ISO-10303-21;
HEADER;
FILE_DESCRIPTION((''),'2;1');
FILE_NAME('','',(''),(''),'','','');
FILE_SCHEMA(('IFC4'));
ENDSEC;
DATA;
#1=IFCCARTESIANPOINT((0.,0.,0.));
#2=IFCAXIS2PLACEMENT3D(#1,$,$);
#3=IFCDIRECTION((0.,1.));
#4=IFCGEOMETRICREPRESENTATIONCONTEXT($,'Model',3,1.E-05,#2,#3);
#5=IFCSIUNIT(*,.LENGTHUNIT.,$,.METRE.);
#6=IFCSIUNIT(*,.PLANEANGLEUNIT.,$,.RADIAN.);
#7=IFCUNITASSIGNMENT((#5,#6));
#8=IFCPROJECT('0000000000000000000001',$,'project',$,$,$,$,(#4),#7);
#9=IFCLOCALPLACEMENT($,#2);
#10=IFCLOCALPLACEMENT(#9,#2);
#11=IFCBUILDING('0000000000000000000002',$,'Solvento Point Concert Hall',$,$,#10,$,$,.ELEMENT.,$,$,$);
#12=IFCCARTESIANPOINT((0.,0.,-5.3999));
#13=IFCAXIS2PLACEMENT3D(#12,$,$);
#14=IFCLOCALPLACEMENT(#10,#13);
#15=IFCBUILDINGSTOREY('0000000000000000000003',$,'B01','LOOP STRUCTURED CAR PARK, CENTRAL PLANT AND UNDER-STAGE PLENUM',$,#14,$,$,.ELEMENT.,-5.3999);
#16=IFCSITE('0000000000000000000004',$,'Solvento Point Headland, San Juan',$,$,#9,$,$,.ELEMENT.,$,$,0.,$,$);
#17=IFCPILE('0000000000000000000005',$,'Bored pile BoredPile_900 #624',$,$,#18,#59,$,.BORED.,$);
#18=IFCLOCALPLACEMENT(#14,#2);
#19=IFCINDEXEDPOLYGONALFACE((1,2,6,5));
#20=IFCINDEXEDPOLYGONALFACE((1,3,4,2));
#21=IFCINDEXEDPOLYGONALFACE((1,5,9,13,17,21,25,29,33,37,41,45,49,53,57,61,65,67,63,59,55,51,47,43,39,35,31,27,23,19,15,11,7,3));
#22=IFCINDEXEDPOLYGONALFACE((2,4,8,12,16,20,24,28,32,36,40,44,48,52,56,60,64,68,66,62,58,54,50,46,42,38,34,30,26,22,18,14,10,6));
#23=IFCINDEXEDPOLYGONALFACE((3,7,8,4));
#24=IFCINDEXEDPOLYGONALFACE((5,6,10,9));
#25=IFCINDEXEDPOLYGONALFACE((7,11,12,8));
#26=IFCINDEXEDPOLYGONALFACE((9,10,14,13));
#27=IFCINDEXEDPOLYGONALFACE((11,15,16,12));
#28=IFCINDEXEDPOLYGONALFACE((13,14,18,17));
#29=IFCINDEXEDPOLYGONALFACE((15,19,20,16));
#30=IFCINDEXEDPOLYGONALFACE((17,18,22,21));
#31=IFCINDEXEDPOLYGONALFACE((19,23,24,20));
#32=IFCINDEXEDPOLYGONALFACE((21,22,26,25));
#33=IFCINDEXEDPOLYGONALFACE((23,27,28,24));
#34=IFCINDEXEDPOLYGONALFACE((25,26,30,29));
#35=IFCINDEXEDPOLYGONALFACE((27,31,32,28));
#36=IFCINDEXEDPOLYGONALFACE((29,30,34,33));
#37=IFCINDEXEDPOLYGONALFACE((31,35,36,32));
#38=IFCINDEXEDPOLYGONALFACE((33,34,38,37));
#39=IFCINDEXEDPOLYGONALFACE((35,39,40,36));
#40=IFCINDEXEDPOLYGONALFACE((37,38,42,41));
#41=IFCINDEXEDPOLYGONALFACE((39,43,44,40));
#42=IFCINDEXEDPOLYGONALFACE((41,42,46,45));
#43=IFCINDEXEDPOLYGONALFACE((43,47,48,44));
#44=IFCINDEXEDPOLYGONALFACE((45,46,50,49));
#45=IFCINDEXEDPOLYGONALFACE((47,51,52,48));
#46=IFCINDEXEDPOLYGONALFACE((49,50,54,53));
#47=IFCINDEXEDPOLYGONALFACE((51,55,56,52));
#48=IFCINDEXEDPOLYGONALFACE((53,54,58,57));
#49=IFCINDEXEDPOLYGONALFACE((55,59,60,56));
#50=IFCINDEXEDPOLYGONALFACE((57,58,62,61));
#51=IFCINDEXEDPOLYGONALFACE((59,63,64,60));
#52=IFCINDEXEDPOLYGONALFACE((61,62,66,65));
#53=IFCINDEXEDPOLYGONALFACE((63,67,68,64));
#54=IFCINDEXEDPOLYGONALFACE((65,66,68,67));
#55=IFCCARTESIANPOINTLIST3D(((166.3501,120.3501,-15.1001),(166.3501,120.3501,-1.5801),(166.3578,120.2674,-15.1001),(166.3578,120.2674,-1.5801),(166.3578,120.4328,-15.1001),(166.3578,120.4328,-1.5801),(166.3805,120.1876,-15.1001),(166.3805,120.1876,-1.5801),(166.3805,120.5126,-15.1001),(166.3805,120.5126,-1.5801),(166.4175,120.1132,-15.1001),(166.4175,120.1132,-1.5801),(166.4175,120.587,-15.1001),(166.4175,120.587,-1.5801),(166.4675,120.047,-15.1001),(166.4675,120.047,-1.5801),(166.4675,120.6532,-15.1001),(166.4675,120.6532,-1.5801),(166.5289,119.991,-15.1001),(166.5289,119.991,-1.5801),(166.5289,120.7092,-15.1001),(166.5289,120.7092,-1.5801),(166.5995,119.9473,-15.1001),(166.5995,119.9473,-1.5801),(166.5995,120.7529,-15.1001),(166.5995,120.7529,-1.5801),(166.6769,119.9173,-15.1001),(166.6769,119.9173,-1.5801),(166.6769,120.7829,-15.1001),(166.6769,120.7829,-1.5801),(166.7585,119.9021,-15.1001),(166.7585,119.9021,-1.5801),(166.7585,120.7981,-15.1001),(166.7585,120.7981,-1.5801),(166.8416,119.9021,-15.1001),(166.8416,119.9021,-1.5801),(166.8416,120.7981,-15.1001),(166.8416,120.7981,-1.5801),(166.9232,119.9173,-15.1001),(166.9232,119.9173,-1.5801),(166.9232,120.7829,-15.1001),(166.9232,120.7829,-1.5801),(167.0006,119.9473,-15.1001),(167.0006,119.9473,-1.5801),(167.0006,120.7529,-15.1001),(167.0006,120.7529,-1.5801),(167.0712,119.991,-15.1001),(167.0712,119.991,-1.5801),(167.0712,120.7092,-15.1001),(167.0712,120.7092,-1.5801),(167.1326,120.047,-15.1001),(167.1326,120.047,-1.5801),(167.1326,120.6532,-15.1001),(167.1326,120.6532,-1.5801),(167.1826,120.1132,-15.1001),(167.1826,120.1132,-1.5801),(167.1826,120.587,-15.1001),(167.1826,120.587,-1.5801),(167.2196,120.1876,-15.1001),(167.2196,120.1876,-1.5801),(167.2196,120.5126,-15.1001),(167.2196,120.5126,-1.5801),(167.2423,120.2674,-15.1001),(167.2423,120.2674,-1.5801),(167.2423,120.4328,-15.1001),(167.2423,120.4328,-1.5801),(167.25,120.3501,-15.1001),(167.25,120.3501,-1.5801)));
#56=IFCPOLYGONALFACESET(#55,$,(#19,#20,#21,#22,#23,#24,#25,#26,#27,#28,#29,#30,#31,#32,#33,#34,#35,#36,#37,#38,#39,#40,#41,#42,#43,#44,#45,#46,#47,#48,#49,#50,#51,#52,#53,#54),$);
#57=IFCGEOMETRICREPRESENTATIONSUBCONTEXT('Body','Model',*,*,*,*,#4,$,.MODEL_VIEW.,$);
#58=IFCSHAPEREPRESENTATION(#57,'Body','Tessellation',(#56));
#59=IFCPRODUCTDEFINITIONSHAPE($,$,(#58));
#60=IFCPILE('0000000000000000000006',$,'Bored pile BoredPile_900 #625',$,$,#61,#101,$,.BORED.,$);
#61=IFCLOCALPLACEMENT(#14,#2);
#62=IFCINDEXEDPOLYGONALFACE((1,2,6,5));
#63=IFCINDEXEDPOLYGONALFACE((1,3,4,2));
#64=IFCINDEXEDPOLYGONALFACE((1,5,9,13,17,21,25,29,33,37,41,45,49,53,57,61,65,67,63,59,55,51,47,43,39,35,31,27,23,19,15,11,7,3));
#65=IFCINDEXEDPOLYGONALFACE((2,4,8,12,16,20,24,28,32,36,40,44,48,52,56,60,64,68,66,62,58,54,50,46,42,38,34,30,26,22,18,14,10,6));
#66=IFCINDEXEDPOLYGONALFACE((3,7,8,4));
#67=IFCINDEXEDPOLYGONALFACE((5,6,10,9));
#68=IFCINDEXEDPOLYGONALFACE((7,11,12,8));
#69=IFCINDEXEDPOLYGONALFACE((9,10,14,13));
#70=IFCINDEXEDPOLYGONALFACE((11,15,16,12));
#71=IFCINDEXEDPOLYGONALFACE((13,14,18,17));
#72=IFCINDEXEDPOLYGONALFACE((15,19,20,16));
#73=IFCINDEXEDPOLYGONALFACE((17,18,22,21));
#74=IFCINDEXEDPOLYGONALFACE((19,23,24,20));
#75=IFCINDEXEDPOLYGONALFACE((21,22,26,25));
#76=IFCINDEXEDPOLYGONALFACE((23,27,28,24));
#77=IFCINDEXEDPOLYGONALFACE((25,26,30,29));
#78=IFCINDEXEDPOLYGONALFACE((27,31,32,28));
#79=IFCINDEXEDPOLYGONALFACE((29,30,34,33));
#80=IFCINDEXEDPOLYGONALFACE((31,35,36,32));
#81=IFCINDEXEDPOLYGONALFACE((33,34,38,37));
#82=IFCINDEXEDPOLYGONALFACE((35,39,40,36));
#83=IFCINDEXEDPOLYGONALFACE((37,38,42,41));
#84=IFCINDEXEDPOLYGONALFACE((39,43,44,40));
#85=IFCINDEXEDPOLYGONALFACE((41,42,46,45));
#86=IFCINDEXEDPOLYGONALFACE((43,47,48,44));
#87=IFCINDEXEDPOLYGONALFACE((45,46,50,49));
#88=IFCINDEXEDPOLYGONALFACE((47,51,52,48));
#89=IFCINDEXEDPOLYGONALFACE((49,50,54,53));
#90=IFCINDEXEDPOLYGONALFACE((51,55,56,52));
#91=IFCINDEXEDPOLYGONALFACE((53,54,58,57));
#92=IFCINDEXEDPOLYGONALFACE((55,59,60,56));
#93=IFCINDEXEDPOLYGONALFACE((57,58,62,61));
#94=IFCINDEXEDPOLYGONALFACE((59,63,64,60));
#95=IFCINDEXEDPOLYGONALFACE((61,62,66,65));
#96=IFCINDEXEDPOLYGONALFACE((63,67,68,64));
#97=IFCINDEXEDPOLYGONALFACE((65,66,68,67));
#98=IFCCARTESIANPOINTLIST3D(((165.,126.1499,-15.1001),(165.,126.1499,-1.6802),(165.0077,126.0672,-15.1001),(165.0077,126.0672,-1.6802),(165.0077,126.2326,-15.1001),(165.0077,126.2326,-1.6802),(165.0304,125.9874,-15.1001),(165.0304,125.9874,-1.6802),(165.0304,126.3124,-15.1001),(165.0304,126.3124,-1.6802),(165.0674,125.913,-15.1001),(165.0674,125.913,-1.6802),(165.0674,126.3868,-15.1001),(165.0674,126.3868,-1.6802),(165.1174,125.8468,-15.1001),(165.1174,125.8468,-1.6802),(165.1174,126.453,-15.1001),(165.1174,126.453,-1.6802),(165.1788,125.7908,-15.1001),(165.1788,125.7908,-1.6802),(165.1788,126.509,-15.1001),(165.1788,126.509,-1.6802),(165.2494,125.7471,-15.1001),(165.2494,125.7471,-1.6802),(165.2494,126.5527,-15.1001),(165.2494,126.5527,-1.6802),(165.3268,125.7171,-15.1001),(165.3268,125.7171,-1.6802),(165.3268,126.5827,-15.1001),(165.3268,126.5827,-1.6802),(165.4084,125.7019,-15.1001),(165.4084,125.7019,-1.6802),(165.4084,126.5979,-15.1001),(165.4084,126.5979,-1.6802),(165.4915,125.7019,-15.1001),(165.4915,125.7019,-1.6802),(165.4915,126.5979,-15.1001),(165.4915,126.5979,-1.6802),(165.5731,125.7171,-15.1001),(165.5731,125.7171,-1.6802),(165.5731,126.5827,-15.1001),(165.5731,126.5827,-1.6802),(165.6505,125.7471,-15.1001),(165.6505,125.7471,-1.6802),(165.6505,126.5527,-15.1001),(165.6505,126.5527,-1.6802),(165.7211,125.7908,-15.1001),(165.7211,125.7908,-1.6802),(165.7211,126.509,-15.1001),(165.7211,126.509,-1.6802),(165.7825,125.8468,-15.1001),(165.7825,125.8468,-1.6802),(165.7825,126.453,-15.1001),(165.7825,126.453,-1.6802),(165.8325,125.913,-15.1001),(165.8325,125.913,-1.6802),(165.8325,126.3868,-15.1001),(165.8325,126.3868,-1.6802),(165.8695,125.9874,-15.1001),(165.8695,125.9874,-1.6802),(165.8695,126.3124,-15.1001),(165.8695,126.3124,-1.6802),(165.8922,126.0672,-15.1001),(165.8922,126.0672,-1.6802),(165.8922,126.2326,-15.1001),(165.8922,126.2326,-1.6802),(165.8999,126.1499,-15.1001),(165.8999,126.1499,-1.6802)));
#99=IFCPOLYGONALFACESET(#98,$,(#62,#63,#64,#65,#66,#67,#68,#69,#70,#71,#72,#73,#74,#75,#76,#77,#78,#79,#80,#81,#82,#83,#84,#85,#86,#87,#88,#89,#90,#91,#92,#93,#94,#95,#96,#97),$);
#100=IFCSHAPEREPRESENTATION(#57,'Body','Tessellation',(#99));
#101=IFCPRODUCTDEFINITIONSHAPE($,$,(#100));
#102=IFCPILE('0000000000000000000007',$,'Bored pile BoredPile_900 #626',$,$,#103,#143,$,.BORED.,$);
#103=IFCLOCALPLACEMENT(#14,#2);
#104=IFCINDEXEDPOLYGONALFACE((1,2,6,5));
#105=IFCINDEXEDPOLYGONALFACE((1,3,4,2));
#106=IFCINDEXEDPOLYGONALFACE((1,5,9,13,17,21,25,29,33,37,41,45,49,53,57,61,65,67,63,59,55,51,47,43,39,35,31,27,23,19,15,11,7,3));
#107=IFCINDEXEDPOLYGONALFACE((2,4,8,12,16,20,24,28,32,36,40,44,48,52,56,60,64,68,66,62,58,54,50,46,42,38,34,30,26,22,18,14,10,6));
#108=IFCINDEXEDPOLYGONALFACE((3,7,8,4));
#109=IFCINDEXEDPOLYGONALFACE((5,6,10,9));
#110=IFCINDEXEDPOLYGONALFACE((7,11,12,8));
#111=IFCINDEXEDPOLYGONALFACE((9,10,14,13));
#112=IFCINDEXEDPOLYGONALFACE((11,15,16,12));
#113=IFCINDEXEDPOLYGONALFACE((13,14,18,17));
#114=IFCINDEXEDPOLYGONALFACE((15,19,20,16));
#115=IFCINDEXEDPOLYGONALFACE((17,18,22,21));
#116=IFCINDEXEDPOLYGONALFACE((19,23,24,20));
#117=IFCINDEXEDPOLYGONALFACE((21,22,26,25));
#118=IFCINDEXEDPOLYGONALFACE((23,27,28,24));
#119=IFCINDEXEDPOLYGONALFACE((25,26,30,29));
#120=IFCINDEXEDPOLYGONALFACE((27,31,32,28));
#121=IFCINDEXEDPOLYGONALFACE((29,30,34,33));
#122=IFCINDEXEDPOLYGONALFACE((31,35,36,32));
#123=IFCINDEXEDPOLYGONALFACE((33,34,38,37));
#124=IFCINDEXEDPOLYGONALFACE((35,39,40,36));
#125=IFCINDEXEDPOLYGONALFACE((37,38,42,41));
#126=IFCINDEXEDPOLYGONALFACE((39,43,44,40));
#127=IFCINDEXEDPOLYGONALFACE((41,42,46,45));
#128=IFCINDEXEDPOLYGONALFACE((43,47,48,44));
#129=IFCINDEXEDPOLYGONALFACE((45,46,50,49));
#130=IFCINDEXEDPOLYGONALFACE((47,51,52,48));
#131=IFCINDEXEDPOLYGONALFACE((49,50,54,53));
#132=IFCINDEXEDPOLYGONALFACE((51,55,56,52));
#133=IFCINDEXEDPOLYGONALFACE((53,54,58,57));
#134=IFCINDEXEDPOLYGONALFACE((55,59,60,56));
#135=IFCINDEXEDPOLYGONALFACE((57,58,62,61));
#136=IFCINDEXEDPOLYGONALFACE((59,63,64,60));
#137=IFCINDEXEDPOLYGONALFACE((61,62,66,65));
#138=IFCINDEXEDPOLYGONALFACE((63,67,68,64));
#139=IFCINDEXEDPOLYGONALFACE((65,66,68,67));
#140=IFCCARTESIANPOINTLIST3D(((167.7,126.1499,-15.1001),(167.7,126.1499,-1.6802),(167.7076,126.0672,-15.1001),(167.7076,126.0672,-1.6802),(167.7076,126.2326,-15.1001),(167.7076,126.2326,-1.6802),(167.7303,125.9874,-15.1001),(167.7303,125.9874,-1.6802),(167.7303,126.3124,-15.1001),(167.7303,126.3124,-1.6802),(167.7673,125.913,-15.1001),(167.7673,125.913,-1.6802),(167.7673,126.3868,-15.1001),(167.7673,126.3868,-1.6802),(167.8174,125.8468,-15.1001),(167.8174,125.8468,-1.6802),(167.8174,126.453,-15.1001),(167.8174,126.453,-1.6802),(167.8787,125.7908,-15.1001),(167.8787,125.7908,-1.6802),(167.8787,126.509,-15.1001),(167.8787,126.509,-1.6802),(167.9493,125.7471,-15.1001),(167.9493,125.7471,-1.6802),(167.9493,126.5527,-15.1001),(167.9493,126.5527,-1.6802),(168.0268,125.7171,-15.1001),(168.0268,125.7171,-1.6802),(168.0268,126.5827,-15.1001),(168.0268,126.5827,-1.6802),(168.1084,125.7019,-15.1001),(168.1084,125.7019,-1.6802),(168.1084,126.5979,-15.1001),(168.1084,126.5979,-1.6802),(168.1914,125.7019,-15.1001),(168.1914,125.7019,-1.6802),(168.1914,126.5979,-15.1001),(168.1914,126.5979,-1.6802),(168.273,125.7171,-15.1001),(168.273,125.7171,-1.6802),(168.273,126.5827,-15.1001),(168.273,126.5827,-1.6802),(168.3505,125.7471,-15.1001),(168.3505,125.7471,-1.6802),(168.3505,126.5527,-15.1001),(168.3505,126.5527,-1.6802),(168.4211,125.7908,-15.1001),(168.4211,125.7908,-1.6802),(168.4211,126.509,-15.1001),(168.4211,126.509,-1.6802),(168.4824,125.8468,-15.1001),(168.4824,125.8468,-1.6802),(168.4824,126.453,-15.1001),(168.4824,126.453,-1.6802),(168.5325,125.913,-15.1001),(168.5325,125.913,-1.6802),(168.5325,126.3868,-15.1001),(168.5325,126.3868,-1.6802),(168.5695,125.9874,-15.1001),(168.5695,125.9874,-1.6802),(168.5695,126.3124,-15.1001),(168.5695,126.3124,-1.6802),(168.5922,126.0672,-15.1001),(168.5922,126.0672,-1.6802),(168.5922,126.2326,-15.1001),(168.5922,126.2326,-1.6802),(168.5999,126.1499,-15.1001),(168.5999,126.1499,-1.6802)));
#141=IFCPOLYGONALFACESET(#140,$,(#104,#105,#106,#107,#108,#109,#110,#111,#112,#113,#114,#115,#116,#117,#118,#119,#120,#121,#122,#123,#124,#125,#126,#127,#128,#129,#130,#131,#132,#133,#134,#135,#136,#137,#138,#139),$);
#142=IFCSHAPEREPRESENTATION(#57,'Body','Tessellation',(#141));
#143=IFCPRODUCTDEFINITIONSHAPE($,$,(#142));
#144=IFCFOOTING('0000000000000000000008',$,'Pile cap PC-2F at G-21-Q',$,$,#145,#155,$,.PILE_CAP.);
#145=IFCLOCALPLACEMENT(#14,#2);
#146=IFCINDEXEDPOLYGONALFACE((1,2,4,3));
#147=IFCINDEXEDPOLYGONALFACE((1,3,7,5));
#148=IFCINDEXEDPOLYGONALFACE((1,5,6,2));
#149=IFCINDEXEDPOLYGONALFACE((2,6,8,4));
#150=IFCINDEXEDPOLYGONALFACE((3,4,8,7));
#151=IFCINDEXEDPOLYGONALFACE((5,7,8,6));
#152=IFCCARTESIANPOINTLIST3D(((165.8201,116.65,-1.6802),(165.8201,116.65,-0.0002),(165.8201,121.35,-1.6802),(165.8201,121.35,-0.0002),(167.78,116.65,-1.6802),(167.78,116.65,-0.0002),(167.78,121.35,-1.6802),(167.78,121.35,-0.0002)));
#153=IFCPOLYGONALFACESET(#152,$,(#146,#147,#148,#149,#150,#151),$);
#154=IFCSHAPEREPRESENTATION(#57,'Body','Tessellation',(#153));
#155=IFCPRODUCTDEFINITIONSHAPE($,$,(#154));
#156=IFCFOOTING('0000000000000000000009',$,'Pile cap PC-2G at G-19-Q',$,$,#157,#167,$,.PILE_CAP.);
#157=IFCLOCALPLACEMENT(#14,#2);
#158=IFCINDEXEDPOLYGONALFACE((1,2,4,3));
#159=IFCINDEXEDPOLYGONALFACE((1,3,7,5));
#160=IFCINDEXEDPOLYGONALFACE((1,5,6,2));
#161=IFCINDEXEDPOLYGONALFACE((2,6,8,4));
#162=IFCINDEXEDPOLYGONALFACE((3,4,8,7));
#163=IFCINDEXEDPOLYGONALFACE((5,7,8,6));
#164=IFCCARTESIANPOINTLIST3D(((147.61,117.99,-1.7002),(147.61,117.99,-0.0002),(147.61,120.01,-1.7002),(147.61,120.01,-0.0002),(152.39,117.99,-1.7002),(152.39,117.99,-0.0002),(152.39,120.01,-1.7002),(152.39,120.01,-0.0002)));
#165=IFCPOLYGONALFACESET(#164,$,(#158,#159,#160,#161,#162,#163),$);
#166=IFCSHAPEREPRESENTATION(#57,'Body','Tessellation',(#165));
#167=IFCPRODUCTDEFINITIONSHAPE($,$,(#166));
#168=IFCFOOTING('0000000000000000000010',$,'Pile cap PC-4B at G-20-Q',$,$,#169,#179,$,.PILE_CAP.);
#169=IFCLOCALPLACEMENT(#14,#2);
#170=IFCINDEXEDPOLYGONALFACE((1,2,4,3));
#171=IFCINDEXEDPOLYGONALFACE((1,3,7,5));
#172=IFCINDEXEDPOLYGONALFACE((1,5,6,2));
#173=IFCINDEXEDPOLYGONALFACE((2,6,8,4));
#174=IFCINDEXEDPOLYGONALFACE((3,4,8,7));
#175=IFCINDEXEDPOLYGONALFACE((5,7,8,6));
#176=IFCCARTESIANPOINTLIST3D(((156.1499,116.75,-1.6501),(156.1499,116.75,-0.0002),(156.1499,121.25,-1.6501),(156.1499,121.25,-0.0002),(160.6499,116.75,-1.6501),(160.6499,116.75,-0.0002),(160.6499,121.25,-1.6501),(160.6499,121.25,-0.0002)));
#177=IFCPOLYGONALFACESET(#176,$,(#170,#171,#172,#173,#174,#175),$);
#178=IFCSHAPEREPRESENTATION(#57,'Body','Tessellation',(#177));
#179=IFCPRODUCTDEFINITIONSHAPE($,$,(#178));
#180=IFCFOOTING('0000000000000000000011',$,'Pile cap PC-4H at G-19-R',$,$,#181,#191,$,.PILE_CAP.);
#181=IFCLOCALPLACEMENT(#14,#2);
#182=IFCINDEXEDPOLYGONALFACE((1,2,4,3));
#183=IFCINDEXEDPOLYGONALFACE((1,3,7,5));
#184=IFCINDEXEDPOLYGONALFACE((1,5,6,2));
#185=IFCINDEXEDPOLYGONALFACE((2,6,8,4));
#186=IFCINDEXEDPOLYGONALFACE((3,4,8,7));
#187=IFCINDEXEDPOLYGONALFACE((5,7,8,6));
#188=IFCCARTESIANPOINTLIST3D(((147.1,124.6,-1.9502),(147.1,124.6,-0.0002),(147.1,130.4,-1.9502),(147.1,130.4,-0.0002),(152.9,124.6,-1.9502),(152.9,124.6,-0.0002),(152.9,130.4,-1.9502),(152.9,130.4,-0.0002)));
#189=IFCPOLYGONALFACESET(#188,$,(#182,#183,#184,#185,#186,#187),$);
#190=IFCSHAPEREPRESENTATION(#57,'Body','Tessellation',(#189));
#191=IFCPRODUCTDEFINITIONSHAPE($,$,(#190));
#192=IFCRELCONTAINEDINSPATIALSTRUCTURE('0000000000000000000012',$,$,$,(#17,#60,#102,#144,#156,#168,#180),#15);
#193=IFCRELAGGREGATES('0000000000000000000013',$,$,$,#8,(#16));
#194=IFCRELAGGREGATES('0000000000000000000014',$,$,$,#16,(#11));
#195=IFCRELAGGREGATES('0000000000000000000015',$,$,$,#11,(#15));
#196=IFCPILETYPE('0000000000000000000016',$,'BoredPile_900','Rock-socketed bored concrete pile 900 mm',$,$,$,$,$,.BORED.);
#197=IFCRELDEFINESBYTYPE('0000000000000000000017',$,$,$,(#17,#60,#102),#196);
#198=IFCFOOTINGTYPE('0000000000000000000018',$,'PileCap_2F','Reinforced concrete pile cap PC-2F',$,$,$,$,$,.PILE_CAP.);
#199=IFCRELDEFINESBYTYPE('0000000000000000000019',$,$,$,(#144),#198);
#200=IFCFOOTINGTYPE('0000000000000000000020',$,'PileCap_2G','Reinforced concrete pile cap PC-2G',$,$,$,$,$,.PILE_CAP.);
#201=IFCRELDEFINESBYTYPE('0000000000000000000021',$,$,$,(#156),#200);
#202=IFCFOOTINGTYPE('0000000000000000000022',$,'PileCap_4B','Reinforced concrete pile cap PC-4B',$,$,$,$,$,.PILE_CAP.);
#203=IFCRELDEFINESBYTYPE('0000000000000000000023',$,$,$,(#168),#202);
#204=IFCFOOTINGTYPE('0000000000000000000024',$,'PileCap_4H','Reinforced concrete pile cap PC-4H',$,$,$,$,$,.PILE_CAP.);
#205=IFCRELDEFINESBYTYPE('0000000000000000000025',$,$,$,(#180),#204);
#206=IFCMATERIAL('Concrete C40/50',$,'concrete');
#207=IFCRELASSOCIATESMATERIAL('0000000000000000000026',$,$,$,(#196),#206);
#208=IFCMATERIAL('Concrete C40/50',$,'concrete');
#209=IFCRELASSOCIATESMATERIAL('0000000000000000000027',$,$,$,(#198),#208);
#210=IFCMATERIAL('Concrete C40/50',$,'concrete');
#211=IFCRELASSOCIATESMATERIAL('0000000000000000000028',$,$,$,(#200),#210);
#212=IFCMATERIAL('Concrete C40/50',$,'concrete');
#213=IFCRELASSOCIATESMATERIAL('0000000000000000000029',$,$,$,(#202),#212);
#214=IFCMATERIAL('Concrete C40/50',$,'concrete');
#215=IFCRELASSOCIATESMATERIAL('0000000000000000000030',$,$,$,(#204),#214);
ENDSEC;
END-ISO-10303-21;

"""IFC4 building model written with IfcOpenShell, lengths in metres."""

from ifc_helpers import new_model, si_unit, direction, frame, origin, origin_2d, place, context, subcontext, project, spatial, rectangle, circle, extrude, material, material_profile, profile_set, type_object, element, save


model = new_model("IFC4")

# Units and contexts
model_context = context("Model", 3, precision=1e-05, world=origin(), true_north=direction((0.0, 1.0)))
body_context = subcontext(model_context, "Body", "Model", "MODEL_VIEW")
ifc_project = project(units=[si_unit("LENGTHUNIT", "METRE"), si_unit("PLANEANGLEUNIT", "RADIAN")], contexts=[model_context])

# Site, building, storey
site_placement = place(None, origin())
site = spatial("IfcSite", under=ifc_project, at=site_placement, Name="Solvento Point Headland, San Juan", CompositionType="ELEMENT", RefElevation=0.0)
building_placement = place(site_placement, origin())
building = spatial("IfcBuilding", under=site, at=building_placement, Name="Solvento Point Concert Hall", CompositionType="ELEMENT")
storey_placement = place(building_placement, frame((0.0, 0.0, -5.3999)))
storey = spatial("IfcBuildingStorey", under=building, at=storey_placement, Name="B01", Description="LOOP STRUCTURED CAR PARK, CENTRAL PLANT AND UNDER-STAGE PLENUM", CompositionType="ELEMENT", Elevation=-5.3999)

# Piles
ifc_material_1 = material(Name="Concrete C40/50", Category="concrete")
ifc_material_profile_1 = material_profile(ifc_material_1, circle(Radius=0.45, at=origin_2d()), Name="BP-900")
ifc_profile_set_1 = profile_set([ifc_material_profile_1], Name="Concrete C40/50")
pile_type_1 = type_object("IfcPileType", Name="BoredPile_900", Description="Rock-socketed bored concrete pile 900 mm", PredefinedType="BORED", material=ifc_profile_set_1)
for number, where, z_axis, x_axis, name in (
    (1, (166.8, 120.3501, -1.5801), (0.0, 0.0, -1.0), (1.0, 0.0, 0.0), "Bored pile BoredPile_900 #624"),
):
    element("IfcPile", number, at=place(storey_placement, frame(where, z_axis=z_axis, x_axis=x_axis)), inside=storey, type_object=pile_type_1, Name=name, PredefinedType="BORED", context=body_context, shape_type="SweptSolid", body=[
        extrude(circle(Radius=0.45, at=origin_2d()), origin(), (0.0, 0.0, 1.0), 13.52),
    ])
for number, where, z_axis, x_axis, name in (
    (2, (165.45, 126.1499, -1.6802), (0.0, 0.0, -1.0), (1.0, 0.0, 0.0), "Bored pile BoredPile_900 #625"),
    (3, (168.1499, 126.1499, -1.6802), (0.0, 0.0, -1.0), (1.0, 0.0, 0.0), "Bored pile BoredPile_900 #626"),
):
    element("IfcPile", number, at=place(storey_placement, frame(where, z_axis=z_axis, x_axis=x_axis)), inside=storey, type_object=pile_type_1, Name=name, PredefinedType="BORED", context=body_context, shape_type="SweptSolid", body=[
        extrude(circle(Radius=0.45, at=origin_2d()), origin(), (0.0, 0.0, 1.0), 13.4199),
    ])

# Footings
ifc_material_2 = material(Name="Concrete C40/50", Category="concrete")
footing_type_1 = type_object("IfcFootingType", Name="PileCap_2F", Description="Reinforced concrete pile cap PC-2F", PredefinedType="PILE_CAP", material=ifc_material_2)
footing_1_placement = place(storey_placement, frame((166.8, 119.0, -1.6802), z_axis=(0.0, 0.0, 1.0), x_axis=(1.0, 0.0, 0.0)))
element("IfcFooting", 4, at=footing_1_placement, inside=storey, type_object=footing_type_1, Name="Pile cap PC-2F at G-21-Q", PredefinedType="PILE_CAP", context=body_context, shape_type="SweptSolid", body=[
    extrude(rectangle(XDim=1.96, YDim=4.7, at=origin_2d()), origin(), (0.0, 0.0, 1.0), 1.6799),
])
ifc_material_3 = material(Name="Concrete C40/50", Category="concrete")
footing_type_2 = type_object("IfcFootingType", Name="PileCap_2G", Description="Reinforced concrete pile cap PC-2G", PredefinedType="PILE_CAP", material=ifc_material_3)
footing_2_placement = place(storey_placement, frame((150.0, 119.0, -1.7002), z_axis=(0.0, 0.0, 1.0), x_axis=(1.0, 0.0, 0.0)))
element("IfcFooting", 5, at=footing_2_placement, inside=storey, type_object=footing_type_2, Name="Pile cap PC-2G at G-19-Q", PredefinedType="PILE_CAP", context=body_context, shape_type="SweptSolid", body=[
    extrude(rectangle(XDim=4.78, YDim=2.02, at=origin_2d()), origin(), (0.0, 0.0, 1.0), 1.7),
])
ifc_material_4 = material(Name="Concrete C40/50", Category="concrete")
footing_type_3 = type_object("IfcFootingType", Name="PileCap_4B", Description="Reinforced concrete pile cap PC-4B", PredefinedType="PILE_CAP", material=ifc_material_4)
footing_3_placement = place(storey_placement, frame((158.3999, 119.0, -1.6501), z_axis=(0.0, 0.0, 1.0), x_axis=(1.0, 0.0, 0.0)))
element("IfcFooting", 6, at=footing_3_placement, inside=storey, type_object=footing_type_3, Name="Pile cap PC-4B at G-20-Q", PredefinedType="PILE_CAP", context=body_context, shape_type="SweptSolid", body=[
    extrude(rectangle(XDim=4.5, YDim=4.5, at=origin_2d()), origin(), (0.0, 0.0, 1.0), 1.6499),
])
ifc_material_5 = material(Name="Concrete C40/50", Category="concrete")
footing_type_4 = type_object("IfcFootingType", Name="PileCap_4H", Description="Reinforced concrete pile cap PC-4H", PredefinedType="PILE_CAP", material=ifc_material_5)
footing_4_placement = place(storey_placement, frame((150.0, 127.5, -1.9502), z_axis=(0.0, 0.0, 1.0), x_axis=(1.0, 0.0, 0.0)))
element("IfcFooting", 7, at=footing_4_placement, inside=storey, type_object=footing_type_4, Name="Pile cap PC-4H at G-19-R", PredefinedType="PILE_CAP", context=body_context, shape_type="SweptSolid", body=[
    extrude(rectangle(XDim=5.8, YDim=5.8, at=origin_2d()), origin(), (0.0, 0.0, 1.0), 1.95),
])

save(model, "model.ifc")
